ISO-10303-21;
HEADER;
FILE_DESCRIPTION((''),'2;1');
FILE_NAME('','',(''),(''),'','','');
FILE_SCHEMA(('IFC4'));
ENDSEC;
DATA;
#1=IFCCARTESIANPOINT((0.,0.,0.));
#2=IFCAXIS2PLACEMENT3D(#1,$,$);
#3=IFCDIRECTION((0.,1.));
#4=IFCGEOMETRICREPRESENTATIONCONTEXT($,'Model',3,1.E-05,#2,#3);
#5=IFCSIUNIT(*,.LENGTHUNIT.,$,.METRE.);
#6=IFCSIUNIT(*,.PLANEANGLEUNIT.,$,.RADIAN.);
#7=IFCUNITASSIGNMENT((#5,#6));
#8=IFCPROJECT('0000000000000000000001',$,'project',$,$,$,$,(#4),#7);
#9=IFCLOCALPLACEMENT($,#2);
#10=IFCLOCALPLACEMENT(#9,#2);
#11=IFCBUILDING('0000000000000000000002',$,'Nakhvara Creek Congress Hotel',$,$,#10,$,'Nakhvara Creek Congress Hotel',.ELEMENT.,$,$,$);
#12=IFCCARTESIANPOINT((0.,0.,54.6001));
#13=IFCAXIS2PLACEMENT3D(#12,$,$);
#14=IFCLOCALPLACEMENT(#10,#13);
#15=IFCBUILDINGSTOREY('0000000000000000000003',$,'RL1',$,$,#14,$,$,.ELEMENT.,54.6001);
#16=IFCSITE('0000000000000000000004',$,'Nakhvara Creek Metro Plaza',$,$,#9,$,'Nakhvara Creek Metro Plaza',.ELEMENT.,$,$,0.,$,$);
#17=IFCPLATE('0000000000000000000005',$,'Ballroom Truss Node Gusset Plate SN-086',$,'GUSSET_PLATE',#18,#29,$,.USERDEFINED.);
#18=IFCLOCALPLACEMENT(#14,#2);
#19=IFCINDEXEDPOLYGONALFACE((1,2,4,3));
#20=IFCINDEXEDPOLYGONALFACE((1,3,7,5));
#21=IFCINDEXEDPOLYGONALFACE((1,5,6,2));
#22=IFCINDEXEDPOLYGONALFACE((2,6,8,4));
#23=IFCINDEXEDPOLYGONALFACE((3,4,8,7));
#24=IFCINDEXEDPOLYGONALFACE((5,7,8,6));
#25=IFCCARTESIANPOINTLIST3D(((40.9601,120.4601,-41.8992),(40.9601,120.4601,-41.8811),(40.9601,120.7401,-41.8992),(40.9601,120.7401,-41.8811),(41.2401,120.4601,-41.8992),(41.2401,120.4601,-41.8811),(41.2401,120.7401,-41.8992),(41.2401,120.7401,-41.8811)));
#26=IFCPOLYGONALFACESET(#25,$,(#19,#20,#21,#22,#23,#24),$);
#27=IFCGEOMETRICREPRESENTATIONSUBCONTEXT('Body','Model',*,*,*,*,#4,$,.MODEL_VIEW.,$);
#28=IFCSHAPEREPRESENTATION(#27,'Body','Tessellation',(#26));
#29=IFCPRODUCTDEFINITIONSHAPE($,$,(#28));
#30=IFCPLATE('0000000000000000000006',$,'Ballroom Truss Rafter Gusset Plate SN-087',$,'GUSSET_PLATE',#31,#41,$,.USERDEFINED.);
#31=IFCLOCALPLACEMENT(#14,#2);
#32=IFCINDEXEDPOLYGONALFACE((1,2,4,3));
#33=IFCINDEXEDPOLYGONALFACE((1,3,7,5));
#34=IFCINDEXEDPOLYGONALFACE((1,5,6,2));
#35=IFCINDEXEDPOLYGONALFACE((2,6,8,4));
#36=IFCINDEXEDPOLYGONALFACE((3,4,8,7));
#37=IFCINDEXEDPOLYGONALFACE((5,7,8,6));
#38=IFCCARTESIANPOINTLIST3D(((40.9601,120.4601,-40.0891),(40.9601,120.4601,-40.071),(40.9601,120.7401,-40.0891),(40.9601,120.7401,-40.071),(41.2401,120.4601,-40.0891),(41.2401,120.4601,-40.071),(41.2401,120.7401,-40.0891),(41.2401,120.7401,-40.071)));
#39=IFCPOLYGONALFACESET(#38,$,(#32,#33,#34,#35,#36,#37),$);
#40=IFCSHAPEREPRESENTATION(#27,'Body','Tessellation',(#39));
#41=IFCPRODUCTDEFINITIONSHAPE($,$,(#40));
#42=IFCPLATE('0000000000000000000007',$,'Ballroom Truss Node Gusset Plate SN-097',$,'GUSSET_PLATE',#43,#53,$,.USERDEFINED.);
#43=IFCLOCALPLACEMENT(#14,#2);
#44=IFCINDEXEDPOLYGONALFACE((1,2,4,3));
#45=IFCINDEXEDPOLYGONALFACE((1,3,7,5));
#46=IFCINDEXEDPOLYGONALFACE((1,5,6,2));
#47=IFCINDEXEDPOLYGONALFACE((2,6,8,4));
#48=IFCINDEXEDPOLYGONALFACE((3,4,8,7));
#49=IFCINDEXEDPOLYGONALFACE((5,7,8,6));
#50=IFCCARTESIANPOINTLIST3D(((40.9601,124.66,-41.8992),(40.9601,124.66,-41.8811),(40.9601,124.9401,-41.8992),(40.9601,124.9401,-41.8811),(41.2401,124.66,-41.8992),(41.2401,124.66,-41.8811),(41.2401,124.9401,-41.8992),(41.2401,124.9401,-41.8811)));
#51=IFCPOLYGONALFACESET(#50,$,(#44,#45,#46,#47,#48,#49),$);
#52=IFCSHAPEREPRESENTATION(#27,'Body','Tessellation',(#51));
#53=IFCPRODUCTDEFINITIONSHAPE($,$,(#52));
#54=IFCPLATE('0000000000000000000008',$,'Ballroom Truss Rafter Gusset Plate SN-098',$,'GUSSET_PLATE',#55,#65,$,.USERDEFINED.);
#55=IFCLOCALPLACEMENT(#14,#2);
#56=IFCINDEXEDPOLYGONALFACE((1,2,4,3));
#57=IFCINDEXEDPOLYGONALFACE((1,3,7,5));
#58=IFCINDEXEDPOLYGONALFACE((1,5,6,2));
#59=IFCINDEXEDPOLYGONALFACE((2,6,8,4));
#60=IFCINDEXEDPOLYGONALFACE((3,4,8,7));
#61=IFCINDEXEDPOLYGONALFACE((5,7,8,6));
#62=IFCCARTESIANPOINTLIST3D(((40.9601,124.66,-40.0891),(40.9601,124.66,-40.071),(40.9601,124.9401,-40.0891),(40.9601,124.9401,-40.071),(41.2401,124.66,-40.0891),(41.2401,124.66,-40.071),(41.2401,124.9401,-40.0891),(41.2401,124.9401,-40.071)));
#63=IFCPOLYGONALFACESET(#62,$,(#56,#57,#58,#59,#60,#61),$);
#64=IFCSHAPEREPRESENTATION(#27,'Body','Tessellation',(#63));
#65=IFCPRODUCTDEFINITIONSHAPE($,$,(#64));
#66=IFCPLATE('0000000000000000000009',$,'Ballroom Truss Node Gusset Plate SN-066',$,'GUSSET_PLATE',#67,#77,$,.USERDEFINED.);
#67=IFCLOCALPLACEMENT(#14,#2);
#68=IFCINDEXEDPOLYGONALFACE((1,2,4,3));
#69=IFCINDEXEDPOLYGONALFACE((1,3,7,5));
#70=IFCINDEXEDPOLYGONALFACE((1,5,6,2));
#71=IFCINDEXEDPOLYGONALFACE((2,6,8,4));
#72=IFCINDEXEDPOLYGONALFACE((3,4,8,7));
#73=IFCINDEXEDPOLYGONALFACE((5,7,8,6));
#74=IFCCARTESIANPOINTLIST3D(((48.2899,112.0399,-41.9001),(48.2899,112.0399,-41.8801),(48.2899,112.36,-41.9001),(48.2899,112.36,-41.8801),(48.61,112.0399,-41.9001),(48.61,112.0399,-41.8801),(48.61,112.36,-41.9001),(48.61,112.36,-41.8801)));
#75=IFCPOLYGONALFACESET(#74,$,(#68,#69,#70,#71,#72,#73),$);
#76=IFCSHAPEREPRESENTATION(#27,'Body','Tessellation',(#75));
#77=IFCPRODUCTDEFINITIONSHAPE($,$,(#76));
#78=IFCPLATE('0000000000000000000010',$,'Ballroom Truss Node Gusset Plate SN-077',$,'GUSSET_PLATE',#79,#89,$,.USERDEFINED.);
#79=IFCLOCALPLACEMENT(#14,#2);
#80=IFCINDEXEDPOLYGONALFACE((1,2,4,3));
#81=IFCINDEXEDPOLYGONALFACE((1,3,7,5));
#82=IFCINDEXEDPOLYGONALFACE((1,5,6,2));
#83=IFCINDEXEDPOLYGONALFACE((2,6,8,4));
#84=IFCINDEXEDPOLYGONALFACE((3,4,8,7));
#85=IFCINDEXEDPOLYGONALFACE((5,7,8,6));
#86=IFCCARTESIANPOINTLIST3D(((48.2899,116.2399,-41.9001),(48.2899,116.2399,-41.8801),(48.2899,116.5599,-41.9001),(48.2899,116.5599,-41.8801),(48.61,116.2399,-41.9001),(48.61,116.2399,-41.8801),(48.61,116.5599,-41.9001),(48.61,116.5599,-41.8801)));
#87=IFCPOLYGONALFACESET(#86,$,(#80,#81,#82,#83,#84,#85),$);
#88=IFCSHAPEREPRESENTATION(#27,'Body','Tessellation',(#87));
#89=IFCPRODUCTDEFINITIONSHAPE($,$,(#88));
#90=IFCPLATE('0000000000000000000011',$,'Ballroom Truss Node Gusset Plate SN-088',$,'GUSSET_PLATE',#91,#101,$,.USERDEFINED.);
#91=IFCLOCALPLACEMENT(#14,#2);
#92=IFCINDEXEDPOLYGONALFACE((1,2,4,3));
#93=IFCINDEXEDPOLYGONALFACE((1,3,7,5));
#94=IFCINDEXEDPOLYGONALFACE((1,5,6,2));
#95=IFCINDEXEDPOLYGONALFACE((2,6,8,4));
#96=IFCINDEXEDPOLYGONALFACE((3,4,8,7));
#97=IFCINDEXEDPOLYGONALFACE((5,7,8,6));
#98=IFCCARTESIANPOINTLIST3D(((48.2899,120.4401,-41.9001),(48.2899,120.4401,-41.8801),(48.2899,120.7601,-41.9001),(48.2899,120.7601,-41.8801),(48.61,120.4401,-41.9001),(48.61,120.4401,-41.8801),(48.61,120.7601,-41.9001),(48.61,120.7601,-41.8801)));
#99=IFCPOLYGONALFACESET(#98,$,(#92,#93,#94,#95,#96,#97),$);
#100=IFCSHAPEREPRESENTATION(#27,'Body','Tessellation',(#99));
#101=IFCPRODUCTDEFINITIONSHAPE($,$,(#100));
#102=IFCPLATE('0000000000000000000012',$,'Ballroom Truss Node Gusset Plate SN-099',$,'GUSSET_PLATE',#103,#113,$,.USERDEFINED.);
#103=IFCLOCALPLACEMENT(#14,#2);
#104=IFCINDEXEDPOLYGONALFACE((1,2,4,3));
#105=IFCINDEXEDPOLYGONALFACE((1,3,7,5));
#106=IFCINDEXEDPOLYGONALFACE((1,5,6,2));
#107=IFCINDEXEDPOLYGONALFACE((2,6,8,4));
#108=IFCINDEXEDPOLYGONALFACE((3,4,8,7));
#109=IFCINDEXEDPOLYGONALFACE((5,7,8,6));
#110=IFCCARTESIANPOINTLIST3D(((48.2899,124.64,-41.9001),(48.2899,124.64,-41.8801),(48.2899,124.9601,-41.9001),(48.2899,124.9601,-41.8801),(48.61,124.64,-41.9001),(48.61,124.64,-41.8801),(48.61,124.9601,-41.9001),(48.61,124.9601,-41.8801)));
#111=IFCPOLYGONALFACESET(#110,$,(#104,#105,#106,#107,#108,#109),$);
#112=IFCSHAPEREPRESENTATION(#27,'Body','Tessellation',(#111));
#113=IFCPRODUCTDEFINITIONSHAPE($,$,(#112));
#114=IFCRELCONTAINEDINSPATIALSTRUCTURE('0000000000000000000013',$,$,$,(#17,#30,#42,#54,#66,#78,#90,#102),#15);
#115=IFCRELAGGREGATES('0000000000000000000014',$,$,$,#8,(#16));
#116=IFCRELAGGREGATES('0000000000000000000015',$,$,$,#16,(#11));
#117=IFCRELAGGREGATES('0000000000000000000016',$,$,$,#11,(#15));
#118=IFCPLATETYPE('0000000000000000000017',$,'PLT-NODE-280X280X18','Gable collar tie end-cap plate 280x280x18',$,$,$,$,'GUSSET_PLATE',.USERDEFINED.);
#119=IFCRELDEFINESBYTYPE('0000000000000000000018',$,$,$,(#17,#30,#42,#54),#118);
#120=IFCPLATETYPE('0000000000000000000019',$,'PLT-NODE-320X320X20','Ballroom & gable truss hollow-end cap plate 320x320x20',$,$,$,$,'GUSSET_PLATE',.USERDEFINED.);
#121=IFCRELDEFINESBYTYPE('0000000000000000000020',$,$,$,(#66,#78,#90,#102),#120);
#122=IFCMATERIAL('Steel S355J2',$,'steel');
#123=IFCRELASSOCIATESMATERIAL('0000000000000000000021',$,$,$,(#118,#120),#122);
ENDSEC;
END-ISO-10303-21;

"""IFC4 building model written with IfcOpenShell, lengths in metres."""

from ifc_helpers import new_model, si_unit, direction, frame, origin, origin_2d, place, context, subcontext, project, spatial, rectangle, extrude, material, type_object, element, save


model = new_model("IFC4")

# Units and contexts
model_context = context("Model", 3, precision=1e-05, world=origin(), true_north=direction((0.0, 1.0)))
body_context = subcontext(model_context, "Body", "Model", "MODEL_VIEW")
ifc_project = project(units=[si_unit("LENGTHUNIT", "METRE"), si_unit("PLANEANGLEUNIT", "RADIAN")], contexts=[model_context])

# Site, building, storey
site_placement = place(None, origin())
site = spatial("IfcSite", under=ifc_project, at=site_placement, Name="Nakhvara Creek Metro Plaza", LongName="Nakhvara Creek Metro Plaza", CompositionType="ELEMENT", RefElevation=0.0)
building_placement = place(site_placement, origin())
building = spatial("IfcBuilding", under=site, at=building_placement, Name="Nakhvara Creek Congress Hotel", LongName="Nakhvara Creek Congress Hotel", CompositionType="ELEMENT")
storey_placement = place(building_placement, frame((0.0, 0.0, 54.6001)))
storey = spatial("IfcBuildingStorey", under=building, at=storey_placement, Name="RL1", CompositionType="ELEMENT", Elevation=54.6001)

# Plates
ifc_material_1 = material(Name="Steel S355J2", Category="steel")
plate_type_1 = type_object("IfcPlateType", Name="PLT-NODE-280X280X18", Description="Gable collar tie end-cap plate 280x280x18", ElementType="GUSSET_PLATE", PredefinedType="USERDEFINED", material=ifc_material_1)
for number, where, z_axis, x_axis, name in (
    (1, (41.1001, 120.6001, -41.8992), (0.0, 0.0, 1.0), (1.0, 0.0, 0.0), "Ballroom Truss Node Gusset Plate SN-086"),
    (2, (41.1001, 120.6001, -40.0891), (0.0, 0.0, 1.0), (1.0, 0.0, 0.0), "Ballroom Truss Rafter Gusset Plate SN-087"),
    (3, (41.1001, 124.8, -41.8992), (0.0, 0.0, 1.0), (1.0, 0.0, 0.0), "Ballroom Truss Node Gusset Plate SN-097"),
    (4, (41.1001, 124.8, -40.0891), (0.0, 0.0, 1.0), (1.0, 0.0, 0.0), "Ballroom Truss Rafter Gusset Plate SN-098"),
):
    element("IfcPlate", number, at=place(storey_placement, frame(where, z_axis=z_axis, x_axis=x_axis)), inside=storey, type_object=plate_type_1, Name=name, ObjectType="GUSSET_PLATE", PredefinedType="USERDEFINED", context=body_context, shape_type="SweptSolid", body=[
        extrude(rectangle(XDim=0.28, YDim=0.28, at=origin_2d()), origin(), (0.0, 0.0, 1.0), 0.0181),
    ])
plate_type_2 = type_object("IfcPlateType", Name="PLT-NODE-320X320X20", Description="Ballroom & gable truss hollow-end cap plate 320x320x20", ElementType="GUSSET_PLATE", PredefinedType="USERDEFINED", material=ifc_material_1)
for number, where, z_axis, x_axis, name in (
    (5, (48.45, 112.2, -41.9001), (0.0, 0.0, 1.0), (1.0, 0.0, 0.0), "Ballroom Truss Node Gusset Plate SN-066"),
    (6, (48.45, 116.3999, -41.9001), (0.0, 0.0, 1.0), (1.0, 0.0, 0.0), "Ballroom Truss Node Gusset Plate SN-077"),
    (7, (48.45, 120.6001, -41.9001), (0.0, 0.0, 1.0), (1.0, 0.0, 0.0), "Ballroom Truss Node Gusset Plate SN-088"),
    (8, (48.45, 124.8, -41.9001), (0.0, 0.0, 1.0), (1.0, 0.0, 0.0), "Ballroom Truss Node Gusset Plate SN-099"),
):
    element("IfcPlate", number, at=place(storey_placement, frame(where, z_axis=z_axis, x_axis=x_axis)), inside=storey, type_object=plate_type_2, Name=name, ObjectType="GUSSET_PLATE", PredefinedType="USERDEFINED", context=body_context, shape_type="SweptSolid", body=[
        extrude(rectangle(XDim=0.3201, YDim=0.3201, at=origin_2d()), origin(), (0.0, 0.0, 1.0), 0.02),
    ])

save(model, "model.ifc")
